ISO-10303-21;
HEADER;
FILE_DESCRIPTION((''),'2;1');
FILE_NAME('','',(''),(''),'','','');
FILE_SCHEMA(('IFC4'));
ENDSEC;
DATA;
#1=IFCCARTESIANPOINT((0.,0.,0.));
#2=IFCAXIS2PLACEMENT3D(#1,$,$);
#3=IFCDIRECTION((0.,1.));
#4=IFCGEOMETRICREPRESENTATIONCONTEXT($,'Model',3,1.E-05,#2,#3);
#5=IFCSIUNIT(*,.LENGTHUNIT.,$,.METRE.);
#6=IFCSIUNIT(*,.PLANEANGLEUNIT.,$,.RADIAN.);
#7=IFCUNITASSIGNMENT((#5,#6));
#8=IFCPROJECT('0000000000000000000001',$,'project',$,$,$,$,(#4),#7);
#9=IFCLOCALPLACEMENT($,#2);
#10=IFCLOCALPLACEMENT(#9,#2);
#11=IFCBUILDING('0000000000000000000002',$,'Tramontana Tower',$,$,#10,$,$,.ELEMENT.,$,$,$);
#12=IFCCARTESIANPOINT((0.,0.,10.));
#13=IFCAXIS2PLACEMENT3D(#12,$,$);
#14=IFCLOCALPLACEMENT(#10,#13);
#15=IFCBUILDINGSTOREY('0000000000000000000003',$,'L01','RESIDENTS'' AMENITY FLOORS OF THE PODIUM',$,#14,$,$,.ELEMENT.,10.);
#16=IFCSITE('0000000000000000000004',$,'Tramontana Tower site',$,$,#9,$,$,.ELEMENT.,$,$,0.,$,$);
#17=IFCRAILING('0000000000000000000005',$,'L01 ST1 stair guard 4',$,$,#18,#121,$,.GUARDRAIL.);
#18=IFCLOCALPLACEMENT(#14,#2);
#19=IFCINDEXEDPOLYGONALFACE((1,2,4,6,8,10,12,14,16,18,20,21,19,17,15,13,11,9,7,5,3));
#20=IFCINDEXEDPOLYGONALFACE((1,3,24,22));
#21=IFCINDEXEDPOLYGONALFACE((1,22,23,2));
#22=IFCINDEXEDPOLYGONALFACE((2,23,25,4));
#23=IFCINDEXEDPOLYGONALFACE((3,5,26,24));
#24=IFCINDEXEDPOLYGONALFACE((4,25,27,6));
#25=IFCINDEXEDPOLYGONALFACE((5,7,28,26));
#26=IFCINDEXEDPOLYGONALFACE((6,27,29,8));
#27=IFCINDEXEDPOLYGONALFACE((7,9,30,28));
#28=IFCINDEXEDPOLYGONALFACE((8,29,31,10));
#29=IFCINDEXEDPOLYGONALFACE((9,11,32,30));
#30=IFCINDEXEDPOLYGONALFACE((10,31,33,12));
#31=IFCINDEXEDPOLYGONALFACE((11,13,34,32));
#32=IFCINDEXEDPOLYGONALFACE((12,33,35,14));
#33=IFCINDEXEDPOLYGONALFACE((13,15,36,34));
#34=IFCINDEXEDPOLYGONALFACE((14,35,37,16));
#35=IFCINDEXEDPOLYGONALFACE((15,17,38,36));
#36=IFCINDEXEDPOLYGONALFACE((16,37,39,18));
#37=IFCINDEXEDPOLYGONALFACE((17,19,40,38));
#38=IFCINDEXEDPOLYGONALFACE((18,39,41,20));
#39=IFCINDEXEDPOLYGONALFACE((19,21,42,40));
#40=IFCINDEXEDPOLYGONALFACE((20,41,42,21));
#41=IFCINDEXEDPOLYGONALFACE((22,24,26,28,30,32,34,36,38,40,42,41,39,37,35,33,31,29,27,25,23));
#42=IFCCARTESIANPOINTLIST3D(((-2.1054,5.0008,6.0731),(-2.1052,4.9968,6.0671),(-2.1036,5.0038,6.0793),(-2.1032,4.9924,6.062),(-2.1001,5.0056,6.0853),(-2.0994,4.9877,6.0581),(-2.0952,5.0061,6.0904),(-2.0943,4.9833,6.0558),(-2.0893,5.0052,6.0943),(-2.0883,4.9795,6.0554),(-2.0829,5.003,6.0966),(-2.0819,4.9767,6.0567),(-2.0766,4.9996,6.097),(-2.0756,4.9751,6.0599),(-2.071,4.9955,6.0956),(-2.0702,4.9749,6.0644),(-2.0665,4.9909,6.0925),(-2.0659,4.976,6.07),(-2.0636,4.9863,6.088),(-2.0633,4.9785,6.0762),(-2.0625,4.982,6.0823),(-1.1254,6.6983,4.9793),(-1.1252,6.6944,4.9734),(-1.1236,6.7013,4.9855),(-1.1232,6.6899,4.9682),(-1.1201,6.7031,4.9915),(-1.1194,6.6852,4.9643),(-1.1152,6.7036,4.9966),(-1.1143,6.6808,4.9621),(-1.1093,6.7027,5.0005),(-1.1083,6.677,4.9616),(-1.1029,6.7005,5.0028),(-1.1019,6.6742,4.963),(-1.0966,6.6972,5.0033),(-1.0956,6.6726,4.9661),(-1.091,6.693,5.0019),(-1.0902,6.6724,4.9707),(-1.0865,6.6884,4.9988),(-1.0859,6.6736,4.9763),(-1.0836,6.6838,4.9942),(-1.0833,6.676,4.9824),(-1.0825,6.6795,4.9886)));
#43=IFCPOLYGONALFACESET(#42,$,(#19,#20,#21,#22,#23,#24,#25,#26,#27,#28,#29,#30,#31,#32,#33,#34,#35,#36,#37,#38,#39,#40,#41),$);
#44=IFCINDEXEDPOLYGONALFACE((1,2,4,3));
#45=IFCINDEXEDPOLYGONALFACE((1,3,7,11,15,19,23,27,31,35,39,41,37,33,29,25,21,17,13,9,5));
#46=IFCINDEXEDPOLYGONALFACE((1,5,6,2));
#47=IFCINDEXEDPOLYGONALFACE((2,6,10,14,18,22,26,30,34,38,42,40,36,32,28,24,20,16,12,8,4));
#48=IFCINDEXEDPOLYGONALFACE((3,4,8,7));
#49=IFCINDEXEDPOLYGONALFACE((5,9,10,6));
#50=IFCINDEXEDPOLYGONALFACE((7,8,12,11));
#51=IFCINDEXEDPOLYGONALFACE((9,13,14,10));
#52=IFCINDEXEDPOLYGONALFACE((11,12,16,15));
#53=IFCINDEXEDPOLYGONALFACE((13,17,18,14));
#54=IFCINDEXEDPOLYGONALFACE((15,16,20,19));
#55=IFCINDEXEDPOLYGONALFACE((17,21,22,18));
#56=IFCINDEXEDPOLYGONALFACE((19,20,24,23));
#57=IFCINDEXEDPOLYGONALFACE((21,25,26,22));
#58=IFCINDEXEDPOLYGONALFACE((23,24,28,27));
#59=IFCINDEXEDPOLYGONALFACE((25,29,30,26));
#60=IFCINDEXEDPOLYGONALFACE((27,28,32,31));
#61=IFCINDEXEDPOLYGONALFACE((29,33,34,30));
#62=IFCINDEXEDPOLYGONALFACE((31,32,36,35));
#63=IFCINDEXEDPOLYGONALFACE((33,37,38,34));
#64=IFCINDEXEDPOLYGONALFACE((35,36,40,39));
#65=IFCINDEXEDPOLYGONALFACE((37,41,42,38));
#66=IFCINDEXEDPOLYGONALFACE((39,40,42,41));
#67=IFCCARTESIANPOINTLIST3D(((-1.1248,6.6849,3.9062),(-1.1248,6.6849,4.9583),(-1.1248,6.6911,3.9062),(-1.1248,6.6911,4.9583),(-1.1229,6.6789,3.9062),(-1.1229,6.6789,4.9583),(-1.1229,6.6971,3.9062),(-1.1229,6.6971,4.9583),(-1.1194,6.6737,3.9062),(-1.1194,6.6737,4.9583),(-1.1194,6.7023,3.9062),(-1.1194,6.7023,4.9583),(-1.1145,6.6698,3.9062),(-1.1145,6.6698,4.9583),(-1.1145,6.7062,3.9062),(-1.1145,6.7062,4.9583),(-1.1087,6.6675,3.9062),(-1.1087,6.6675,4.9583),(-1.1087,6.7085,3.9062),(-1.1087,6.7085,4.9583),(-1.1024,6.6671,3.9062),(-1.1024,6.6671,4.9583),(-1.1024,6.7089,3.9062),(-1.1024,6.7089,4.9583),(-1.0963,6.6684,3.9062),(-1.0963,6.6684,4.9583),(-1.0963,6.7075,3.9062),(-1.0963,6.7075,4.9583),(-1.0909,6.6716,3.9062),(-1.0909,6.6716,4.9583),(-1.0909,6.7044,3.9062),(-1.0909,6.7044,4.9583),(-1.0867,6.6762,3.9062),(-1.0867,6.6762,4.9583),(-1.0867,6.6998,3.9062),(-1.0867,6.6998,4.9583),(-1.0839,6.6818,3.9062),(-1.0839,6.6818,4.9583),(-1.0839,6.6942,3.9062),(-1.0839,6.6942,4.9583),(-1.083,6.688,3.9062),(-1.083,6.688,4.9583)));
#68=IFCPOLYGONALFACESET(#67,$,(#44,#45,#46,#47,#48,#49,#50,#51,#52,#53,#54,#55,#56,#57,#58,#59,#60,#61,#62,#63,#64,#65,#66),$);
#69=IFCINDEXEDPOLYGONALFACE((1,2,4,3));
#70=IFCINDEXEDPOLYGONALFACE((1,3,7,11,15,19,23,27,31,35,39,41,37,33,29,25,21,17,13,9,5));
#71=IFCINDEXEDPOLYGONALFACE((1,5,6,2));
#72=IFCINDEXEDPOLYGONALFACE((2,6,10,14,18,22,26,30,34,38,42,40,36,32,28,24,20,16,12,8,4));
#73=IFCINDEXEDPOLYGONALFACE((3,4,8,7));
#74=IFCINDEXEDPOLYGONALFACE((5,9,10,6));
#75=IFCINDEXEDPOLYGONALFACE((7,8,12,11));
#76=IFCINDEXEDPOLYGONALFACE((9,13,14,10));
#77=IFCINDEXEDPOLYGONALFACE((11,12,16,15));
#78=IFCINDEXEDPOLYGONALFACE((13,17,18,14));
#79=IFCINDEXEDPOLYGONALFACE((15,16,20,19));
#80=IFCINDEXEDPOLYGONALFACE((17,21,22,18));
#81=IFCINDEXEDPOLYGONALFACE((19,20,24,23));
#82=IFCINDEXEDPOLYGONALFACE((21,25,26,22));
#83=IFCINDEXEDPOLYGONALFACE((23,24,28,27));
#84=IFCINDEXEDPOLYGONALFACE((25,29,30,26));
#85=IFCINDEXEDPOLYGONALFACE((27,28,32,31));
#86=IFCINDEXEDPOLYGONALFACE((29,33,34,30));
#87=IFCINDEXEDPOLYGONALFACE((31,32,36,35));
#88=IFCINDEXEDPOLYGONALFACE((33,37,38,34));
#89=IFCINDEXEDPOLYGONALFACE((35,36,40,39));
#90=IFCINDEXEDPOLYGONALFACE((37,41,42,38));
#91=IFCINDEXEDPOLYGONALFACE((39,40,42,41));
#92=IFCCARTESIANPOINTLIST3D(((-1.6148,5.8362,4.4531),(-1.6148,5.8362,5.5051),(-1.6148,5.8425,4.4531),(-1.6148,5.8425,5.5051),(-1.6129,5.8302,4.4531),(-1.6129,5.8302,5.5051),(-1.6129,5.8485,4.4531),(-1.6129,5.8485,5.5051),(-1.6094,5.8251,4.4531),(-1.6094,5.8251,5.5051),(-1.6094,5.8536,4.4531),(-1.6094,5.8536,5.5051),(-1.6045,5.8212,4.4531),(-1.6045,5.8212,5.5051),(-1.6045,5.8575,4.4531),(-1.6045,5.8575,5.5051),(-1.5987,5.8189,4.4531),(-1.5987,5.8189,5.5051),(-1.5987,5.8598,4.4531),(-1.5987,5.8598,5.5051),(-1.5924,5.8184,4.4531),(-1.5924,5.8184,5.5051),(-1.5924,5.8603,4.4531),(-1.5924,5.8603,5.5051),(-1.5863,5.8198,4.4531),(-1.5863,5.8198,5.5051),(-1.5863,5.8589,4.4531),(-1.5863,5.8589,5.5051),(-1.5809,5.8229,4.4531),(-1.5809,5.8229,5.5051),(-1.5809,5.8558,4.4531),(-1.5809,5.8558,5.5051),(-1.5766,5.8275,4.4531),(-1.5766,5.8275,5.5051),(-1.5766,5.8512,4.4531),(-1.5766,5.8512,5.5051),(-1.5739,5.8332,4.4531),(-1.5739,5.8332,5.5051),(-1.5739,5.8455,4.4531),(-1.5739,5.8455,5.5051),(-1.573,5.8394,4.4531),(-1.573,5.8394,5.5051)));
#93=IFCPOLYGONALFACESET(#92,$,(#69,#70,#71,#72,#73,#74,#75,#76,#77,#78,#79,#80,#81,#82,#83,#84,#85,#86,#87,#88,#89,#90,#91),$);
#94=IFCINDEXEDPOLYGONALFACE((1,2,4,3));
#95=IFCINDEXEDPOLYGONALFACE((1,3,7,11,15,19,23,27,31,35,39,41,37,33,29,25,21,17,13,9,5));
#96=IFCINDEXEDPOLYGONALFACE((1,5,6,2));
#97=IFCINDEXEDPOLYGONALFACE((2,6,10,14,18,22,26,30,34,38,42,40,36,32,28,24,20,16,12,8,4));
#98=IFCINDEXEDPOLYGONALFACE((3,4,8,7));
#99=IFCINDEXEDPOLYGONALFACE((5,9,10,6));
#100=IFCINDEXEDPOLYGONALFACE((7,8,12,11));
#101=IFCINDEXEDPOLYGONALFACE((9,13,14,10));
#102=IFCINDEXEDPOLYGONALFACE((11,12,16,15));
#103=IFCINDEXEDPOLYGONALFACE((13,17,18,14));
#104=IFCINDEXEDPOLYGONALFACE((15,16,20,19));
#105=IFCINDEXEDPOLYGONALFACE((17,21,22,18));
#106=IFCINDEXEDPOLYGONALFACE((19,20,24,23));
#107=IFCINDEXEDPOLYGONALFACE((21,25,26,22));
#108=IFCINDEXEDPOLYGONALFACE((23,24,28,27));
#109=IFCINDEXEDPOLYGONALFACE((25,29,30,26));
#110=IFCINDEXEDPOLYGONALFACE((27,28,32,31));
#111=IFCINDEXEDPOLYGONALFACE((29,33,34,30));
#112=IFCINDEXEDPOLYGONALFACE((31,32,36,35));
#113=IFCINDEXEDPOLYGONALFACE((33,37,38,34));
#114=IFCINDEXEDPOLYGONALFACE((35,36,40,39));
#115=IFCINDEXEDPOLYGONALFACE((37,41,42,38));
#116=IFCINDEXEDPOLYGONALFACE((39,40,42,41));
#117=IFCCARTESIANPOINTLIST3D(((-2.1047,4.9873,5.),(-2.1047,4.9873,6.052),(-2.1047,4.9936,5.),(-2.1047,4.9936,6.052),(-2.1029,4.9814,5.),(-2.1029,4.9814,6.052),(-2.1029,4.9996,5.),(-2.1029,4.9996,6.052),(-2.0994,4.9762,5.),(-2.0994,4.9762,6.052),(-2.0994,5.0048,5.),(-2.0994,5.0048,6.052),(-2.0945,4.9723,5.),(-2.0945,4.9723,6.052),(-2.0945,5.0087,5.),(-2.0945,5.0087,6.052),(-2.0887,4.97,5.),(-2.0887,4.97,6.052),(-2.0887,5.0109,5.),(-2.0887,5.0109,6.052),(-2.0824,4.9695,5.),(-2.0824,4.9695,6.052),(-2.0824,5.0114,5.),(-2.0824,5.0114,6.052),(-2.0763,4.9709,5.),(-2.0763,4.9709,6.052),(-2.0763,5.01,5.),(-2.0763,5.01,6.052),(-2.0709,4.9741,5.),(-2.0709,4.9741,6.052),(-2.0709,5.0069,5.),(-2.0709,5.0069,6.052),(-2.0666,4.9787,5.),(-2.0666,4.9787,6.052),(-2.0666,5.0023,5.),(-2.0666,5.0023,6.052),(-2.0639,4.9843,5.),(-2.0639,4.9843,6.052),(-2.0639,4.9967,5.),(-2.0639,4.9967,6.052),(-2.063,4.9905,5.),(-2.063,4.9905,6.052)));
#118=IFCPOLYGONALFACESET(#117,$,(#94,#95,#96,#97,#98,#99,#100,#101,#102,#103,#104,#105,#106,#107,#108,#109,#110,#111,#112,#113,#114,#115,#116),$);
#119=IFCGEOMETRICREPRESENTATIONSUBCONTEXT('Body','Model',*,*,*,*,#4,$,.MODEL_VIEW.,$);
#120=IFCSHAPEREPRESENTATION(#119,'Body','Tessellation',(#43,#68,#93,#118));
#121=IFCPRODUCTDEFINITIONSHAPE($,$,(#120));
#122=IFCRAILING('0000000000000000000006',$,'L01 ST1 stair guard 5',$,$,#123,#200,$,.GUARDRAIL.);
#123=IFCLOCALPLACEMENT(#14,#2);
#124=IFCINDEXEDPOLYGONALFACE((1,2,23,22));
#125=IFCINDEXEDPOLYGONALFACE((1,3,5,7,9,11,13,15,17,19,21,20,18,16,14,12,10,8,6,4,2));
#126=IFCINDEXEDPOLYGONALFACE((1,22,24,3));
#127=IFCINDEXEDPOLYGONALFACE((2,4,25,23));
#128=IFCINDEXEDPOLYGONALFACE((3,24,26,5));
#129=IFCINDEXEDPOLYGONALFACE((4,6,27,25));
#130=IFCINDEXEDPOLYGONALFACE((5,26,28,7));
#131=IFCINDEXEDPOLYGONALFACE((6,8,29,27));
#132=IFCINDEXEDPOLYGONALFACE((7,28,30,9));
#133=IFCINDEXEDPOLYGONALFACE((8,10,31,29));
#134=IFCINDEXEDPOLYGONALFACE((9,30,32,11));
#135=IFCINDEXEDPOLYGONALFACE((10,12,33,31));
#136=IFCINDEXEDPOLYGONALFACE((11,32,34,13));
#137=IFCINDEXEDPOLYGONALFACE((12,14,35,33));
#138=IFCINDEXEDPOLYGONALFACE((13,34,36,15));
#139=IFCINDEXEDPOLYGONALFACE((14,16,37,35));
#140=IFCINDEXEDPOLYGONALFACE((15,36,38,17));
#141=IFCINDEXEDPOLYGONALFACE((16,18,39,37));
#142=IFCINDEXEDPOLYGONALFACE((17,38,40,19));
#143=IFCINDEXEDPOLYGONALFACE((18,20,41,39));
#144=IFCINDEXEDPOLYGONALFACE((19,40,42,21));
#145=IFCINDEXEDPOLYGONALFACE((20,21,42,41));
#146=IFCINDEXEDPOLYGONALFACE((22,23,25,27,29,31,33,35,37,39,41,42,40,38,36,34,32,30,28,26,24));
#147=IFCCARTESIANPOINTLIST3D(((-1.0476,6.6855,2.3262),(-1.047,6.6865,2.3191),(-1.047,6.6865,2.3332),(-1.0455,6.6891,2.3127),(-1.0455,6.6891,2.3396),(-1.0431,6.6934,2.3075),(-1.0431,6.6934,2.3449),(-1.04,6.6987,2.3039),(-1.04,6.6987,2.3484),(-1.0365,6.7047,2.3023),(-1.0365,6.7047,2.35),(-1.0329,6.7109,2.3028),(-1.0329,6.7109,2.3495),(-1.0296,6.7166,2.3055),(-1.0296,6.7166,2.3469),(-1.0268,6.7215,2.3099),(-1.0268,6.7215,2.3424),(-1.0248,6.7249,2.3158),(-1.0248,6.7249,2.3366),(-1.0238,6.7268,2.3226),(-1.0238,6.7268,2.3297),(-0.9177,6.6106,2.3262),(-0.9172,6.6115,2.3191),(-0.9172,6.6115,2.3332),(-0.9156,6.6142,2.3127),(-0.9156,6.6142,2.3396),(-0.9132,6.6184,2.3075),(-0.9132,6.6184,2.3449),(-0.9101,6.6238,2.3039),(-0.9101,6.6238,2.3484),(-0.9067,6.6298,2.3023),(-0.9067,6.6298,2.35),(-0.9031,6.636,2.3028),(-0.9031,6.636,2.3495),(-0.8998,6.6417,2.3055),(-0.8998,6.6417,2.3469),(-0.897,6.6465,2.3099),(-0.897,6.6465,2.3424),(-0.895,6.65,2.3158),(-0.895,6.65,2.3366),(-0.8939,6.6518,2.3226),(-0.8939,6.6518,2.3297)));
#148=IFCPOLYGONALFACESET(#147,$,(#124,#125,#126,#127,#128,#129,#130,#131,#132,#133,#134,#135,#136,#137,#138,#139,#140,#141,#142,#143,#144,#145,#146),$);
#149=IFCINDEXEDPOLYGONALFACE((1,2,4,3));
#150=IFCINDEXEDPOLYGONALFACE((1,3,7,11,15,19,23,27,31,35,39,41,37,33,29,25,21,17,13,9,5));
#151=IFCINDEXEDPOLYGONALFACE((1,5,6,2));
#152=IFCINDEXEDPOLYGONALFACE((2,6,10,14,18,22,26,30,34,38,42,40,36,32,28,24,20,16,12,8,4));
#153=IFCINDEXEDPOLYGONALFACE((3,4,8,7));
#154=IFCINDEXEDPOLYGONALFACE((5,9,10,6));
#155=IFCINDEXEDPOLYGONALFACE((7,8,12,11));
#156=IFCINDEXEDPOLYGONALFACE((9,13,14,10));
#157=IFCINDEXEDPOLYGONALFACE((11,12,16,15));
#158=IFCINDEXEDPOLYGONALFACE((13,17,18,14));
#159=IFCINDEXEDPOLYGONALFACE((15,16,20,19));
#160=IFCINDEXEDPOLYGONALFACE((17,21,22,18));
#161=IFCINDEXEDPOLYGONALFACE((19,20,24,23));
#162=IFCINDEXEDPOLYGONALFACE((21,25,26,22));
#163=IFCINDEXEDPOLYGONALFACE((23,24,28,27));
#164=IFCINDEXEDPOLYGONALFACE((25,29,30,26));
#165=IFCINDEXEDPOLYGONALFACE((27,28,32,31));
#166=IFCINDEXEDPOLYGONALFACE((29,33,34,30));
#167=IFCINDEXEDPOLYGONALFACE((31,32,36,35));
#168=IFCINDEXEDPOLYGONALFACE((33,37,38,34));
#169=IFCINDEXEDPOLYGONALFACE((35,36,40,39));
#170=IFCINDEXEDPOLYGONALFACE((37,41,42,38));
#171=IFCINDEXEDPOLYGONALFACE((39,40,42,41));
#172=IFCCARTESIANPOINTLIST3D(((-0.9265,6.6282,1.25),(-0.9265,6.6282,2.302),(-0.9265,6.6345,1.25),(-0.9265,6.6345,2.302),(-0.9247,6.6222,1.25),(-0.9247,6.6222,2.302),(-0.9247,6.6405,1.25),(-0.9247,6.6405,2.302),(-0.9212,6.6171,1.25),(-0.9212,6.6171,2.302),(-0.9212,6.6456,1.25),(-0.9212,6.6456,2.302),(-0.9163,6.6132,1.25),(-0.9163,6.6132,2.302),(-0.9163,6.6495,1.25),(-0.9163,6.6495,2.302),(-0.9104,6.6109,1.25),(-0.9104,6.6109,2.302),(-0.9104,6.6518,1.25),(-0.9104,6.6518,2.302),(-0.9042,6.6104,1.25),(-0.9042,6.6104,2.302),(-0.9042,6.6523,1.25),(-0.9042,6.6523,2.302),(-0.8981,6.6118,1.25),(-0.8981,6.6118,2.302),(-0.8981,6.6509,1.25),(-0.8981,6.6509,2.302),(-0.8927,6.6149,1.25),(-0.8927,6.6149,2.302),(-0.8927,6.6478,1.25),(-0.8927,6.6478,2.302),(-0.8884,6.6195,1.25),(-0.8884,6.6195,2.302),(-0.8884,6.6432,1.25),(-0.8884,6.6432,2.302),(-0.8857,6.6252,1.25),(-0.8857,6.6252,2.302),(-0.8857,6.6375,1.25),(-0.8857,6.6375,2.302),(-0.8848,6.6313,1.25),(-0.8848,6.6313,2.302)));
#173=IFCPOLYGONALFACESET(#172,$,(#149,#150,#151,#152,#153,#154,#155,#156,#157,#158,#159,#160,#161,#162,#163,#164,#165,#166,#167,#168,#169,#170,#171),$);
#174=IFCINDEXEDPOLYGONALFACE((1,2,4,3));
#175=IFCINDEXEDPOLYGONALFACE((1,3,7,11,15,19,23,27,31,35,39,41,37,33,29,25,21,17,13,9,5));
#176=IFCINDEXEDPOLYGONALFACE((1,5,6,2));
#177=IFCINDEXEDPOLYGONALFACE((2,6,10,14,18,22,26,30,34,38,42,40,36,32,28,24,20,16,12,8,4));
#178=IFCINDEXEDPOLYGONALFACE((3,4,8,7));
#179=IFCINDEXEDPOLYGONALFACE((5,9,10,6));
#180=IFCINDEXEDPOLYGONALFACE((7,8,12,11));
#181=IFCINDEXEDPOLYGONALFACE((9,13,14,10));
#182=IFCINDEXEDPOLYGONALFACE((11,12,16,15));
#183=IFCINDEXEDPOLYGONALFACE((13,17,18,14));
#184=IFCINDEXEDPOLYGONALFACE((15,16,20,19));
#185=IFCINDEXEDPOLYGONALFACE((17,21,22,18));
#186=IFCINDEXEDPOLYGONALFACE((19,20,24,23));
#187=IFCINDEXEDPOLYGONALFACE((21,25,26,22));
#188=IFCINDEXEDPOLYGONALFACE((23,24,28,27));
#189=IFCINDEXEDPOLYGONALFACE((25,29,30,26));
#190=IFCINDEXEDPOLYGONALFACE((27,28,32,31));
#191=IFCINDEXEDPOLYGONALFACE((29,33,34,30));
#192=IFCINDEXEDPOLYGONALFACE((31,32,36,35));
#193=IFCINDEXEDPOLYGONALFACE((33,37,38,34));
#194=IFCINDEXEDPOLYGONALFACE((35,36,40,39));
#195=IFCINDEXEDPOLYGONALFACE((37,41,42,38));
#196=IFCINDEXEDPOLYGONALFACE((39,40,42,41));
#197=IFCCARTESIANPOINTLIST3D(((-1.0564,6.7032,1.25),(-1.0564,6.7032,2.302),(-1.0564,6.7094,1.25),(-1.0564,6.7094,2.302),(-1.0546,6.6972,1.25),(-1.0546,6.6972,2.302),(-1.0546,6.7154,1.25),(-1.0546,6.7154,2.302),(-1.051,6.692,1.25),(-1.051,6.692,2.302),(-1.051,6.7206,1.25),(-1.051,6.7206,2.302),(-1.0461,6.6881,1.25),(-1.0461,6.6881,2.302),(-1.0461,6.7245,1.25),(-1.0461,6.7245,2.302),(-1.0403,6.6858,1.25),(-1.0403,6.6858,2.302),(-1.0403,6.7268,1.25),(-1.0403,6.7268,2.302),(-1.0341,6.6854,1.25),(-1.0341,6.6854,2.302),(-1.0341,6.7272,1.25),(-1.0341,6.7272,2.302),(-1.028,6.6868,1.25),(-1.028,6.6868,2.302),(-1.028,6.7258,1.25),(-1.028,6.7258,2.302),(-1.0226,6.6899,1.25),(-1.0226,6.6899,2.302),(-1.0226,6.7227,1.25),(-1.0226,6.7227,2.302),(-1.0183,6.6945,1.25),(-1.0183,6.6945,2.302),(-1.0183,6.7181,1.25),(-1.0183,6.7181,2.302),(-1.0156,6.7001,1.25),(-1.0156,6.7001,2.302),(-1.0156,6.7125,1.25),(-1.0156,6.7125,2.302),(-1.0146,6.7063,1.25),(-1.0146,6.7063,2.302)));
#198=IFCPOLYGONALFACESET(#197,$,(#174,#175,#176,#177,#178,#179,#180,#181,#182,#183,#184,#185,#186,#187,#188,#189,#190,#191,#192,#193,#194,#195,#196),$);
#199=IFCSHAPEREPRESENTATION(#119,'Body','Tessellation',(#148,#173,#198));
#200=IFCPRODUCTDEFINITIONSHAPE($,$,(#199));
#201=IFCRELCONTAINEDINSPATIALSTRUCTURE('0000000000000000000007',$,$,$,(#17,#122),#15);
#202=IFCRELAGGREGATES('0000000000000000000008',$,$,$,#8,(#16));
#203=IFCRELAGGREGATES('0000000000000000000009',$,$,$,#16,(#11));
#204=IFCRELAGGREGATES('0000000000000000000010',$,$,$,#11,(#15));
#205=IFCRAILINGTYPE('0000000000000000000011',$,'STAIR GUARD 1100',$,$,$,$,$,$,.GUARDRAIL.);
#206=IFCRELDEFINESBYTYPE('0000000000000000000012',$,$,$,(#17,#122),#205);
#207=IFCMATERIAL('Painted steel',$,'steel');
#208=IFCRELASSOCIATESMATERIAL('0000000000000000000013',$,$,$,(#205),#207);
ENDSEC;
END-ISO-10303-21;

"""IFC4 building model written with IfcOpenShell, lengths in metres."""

from ifc_helpers import new_model, si_unit, direction, frame, origin, origin_2d, place, context, subcontext, project, spatial, circle, extrude, material, type_object, element, save


model = new_model("IFC4")

# Units and contexts
model_context = context("Model", 3, precision=1e-05, world=origin(), true_north=direction((0.0, 1.0)))
body_context = subcontext(model_context, "Body", "Model", "MODEL_VIEW")
ifc_project = project(units=[si_unit("LENGTHUNIT", "METRE"), si_unit("PLANEANGLEUNIT", "RADIAN")], contexts=[model_context])

# Site, building, storey
site_placement = place(None, origin())
site = spatial("IfcSite", under=ifc_project, at=site_placement, Name="Tramontana Tower site", CompositionType="ELEMENT", RefElevation=0.0)
building_placement = place(site_placement, origin())
building = spatial("IfcBuilding", under=site, at=building_placement, Name="Tramontana Tower", CompositionType="ELEMENT")
storey_placement = place(building_placement, frame((0.0, 0.0, 10.0)))
storey = spatial("IfcBuildingStorey", under=building, at=storey_placement, Name="L01", Description="RESIDENTS' AMENITY FLOORS OF THE PODIUM", CompositionType="ELEMENT", Elevation=10.0)

# Railings
ifc_material_1 = material(Name="Painted steel", Category="steel")
railing_type_1 = type_object("IfcRailingType", Name="STAIR GUARD 1100", PredefinedType="GUARDRAIL", material=ifc_material_1)
railing_1_placement = place(storey_placement, frame((-1.104, 6.688, 3.9062)))
element("IfcRailing", 1, at=railing_1_placement, inside=storey, type_object=railing_type_1, Name="L01 ST1 stair guard 4", PredefinedType="GUARDRAIL", context=body_context, shape_type="SweptSolid", body=[
    extrude(circle(Radius=0.0239, at=origin_2d()), frame((0.0, 0.0, 1.0762), z_axis=(-0.436596, -0.756267, 0.487282), x_axis=(0.866042, -0.49997, 0.0)), (0.0, 0.0, 1.0), 2.2446),
    extrude(circle(Radius=0.021, at=origin_2d()), origin(), (0.0, 0.0, 1.0), 1.052),
    extrude(circle(Radius=0.021, at=origin_2d()), frame((-0.49, -0.8486, 0.5469)), (0.0, 0.0, 1.0), 1.052),
    extrude(circle(Radius=0.021, at=origin_2d()), frame((-0.98, -1.6975, 1.0938)), (0.0, 0.0, 1.0), 1.052),
])
railing_2_placement = place(storey_placement, frame((-0.9058, 6.6313, 1.25)))
element("IfcRailing", 2, at=railing_2_placement, inside=storey, type_object=railing_type_1, Name="L01 ST1 stair guard 5", PredefinedType="GUARDRAIL", context=body_context, shape_type="SweptSolid", body=[
    extrude(circle(Radius=0.0239, at=origin_2d()), frame((0.0, 0.0, 1.0762), z_axis=(-0.866131, 0.499816, 0.0), x_axis=(-0.499816, -0.866131, 0.0)), (0.0, 0.0, 1.0), 0.1499),
    extrude(circle(Radius=0.021, at=origin_2d()), origin(), (0.0, 0.0, 1.0), 1.052),
    extrude(circle(Radius=0.021, at=origin_2d()), frame((-0.1299, 0.075, 0.0)), (0.0, 0.0, 1.0), 1.052),
])

save(model, "model.ifc")
